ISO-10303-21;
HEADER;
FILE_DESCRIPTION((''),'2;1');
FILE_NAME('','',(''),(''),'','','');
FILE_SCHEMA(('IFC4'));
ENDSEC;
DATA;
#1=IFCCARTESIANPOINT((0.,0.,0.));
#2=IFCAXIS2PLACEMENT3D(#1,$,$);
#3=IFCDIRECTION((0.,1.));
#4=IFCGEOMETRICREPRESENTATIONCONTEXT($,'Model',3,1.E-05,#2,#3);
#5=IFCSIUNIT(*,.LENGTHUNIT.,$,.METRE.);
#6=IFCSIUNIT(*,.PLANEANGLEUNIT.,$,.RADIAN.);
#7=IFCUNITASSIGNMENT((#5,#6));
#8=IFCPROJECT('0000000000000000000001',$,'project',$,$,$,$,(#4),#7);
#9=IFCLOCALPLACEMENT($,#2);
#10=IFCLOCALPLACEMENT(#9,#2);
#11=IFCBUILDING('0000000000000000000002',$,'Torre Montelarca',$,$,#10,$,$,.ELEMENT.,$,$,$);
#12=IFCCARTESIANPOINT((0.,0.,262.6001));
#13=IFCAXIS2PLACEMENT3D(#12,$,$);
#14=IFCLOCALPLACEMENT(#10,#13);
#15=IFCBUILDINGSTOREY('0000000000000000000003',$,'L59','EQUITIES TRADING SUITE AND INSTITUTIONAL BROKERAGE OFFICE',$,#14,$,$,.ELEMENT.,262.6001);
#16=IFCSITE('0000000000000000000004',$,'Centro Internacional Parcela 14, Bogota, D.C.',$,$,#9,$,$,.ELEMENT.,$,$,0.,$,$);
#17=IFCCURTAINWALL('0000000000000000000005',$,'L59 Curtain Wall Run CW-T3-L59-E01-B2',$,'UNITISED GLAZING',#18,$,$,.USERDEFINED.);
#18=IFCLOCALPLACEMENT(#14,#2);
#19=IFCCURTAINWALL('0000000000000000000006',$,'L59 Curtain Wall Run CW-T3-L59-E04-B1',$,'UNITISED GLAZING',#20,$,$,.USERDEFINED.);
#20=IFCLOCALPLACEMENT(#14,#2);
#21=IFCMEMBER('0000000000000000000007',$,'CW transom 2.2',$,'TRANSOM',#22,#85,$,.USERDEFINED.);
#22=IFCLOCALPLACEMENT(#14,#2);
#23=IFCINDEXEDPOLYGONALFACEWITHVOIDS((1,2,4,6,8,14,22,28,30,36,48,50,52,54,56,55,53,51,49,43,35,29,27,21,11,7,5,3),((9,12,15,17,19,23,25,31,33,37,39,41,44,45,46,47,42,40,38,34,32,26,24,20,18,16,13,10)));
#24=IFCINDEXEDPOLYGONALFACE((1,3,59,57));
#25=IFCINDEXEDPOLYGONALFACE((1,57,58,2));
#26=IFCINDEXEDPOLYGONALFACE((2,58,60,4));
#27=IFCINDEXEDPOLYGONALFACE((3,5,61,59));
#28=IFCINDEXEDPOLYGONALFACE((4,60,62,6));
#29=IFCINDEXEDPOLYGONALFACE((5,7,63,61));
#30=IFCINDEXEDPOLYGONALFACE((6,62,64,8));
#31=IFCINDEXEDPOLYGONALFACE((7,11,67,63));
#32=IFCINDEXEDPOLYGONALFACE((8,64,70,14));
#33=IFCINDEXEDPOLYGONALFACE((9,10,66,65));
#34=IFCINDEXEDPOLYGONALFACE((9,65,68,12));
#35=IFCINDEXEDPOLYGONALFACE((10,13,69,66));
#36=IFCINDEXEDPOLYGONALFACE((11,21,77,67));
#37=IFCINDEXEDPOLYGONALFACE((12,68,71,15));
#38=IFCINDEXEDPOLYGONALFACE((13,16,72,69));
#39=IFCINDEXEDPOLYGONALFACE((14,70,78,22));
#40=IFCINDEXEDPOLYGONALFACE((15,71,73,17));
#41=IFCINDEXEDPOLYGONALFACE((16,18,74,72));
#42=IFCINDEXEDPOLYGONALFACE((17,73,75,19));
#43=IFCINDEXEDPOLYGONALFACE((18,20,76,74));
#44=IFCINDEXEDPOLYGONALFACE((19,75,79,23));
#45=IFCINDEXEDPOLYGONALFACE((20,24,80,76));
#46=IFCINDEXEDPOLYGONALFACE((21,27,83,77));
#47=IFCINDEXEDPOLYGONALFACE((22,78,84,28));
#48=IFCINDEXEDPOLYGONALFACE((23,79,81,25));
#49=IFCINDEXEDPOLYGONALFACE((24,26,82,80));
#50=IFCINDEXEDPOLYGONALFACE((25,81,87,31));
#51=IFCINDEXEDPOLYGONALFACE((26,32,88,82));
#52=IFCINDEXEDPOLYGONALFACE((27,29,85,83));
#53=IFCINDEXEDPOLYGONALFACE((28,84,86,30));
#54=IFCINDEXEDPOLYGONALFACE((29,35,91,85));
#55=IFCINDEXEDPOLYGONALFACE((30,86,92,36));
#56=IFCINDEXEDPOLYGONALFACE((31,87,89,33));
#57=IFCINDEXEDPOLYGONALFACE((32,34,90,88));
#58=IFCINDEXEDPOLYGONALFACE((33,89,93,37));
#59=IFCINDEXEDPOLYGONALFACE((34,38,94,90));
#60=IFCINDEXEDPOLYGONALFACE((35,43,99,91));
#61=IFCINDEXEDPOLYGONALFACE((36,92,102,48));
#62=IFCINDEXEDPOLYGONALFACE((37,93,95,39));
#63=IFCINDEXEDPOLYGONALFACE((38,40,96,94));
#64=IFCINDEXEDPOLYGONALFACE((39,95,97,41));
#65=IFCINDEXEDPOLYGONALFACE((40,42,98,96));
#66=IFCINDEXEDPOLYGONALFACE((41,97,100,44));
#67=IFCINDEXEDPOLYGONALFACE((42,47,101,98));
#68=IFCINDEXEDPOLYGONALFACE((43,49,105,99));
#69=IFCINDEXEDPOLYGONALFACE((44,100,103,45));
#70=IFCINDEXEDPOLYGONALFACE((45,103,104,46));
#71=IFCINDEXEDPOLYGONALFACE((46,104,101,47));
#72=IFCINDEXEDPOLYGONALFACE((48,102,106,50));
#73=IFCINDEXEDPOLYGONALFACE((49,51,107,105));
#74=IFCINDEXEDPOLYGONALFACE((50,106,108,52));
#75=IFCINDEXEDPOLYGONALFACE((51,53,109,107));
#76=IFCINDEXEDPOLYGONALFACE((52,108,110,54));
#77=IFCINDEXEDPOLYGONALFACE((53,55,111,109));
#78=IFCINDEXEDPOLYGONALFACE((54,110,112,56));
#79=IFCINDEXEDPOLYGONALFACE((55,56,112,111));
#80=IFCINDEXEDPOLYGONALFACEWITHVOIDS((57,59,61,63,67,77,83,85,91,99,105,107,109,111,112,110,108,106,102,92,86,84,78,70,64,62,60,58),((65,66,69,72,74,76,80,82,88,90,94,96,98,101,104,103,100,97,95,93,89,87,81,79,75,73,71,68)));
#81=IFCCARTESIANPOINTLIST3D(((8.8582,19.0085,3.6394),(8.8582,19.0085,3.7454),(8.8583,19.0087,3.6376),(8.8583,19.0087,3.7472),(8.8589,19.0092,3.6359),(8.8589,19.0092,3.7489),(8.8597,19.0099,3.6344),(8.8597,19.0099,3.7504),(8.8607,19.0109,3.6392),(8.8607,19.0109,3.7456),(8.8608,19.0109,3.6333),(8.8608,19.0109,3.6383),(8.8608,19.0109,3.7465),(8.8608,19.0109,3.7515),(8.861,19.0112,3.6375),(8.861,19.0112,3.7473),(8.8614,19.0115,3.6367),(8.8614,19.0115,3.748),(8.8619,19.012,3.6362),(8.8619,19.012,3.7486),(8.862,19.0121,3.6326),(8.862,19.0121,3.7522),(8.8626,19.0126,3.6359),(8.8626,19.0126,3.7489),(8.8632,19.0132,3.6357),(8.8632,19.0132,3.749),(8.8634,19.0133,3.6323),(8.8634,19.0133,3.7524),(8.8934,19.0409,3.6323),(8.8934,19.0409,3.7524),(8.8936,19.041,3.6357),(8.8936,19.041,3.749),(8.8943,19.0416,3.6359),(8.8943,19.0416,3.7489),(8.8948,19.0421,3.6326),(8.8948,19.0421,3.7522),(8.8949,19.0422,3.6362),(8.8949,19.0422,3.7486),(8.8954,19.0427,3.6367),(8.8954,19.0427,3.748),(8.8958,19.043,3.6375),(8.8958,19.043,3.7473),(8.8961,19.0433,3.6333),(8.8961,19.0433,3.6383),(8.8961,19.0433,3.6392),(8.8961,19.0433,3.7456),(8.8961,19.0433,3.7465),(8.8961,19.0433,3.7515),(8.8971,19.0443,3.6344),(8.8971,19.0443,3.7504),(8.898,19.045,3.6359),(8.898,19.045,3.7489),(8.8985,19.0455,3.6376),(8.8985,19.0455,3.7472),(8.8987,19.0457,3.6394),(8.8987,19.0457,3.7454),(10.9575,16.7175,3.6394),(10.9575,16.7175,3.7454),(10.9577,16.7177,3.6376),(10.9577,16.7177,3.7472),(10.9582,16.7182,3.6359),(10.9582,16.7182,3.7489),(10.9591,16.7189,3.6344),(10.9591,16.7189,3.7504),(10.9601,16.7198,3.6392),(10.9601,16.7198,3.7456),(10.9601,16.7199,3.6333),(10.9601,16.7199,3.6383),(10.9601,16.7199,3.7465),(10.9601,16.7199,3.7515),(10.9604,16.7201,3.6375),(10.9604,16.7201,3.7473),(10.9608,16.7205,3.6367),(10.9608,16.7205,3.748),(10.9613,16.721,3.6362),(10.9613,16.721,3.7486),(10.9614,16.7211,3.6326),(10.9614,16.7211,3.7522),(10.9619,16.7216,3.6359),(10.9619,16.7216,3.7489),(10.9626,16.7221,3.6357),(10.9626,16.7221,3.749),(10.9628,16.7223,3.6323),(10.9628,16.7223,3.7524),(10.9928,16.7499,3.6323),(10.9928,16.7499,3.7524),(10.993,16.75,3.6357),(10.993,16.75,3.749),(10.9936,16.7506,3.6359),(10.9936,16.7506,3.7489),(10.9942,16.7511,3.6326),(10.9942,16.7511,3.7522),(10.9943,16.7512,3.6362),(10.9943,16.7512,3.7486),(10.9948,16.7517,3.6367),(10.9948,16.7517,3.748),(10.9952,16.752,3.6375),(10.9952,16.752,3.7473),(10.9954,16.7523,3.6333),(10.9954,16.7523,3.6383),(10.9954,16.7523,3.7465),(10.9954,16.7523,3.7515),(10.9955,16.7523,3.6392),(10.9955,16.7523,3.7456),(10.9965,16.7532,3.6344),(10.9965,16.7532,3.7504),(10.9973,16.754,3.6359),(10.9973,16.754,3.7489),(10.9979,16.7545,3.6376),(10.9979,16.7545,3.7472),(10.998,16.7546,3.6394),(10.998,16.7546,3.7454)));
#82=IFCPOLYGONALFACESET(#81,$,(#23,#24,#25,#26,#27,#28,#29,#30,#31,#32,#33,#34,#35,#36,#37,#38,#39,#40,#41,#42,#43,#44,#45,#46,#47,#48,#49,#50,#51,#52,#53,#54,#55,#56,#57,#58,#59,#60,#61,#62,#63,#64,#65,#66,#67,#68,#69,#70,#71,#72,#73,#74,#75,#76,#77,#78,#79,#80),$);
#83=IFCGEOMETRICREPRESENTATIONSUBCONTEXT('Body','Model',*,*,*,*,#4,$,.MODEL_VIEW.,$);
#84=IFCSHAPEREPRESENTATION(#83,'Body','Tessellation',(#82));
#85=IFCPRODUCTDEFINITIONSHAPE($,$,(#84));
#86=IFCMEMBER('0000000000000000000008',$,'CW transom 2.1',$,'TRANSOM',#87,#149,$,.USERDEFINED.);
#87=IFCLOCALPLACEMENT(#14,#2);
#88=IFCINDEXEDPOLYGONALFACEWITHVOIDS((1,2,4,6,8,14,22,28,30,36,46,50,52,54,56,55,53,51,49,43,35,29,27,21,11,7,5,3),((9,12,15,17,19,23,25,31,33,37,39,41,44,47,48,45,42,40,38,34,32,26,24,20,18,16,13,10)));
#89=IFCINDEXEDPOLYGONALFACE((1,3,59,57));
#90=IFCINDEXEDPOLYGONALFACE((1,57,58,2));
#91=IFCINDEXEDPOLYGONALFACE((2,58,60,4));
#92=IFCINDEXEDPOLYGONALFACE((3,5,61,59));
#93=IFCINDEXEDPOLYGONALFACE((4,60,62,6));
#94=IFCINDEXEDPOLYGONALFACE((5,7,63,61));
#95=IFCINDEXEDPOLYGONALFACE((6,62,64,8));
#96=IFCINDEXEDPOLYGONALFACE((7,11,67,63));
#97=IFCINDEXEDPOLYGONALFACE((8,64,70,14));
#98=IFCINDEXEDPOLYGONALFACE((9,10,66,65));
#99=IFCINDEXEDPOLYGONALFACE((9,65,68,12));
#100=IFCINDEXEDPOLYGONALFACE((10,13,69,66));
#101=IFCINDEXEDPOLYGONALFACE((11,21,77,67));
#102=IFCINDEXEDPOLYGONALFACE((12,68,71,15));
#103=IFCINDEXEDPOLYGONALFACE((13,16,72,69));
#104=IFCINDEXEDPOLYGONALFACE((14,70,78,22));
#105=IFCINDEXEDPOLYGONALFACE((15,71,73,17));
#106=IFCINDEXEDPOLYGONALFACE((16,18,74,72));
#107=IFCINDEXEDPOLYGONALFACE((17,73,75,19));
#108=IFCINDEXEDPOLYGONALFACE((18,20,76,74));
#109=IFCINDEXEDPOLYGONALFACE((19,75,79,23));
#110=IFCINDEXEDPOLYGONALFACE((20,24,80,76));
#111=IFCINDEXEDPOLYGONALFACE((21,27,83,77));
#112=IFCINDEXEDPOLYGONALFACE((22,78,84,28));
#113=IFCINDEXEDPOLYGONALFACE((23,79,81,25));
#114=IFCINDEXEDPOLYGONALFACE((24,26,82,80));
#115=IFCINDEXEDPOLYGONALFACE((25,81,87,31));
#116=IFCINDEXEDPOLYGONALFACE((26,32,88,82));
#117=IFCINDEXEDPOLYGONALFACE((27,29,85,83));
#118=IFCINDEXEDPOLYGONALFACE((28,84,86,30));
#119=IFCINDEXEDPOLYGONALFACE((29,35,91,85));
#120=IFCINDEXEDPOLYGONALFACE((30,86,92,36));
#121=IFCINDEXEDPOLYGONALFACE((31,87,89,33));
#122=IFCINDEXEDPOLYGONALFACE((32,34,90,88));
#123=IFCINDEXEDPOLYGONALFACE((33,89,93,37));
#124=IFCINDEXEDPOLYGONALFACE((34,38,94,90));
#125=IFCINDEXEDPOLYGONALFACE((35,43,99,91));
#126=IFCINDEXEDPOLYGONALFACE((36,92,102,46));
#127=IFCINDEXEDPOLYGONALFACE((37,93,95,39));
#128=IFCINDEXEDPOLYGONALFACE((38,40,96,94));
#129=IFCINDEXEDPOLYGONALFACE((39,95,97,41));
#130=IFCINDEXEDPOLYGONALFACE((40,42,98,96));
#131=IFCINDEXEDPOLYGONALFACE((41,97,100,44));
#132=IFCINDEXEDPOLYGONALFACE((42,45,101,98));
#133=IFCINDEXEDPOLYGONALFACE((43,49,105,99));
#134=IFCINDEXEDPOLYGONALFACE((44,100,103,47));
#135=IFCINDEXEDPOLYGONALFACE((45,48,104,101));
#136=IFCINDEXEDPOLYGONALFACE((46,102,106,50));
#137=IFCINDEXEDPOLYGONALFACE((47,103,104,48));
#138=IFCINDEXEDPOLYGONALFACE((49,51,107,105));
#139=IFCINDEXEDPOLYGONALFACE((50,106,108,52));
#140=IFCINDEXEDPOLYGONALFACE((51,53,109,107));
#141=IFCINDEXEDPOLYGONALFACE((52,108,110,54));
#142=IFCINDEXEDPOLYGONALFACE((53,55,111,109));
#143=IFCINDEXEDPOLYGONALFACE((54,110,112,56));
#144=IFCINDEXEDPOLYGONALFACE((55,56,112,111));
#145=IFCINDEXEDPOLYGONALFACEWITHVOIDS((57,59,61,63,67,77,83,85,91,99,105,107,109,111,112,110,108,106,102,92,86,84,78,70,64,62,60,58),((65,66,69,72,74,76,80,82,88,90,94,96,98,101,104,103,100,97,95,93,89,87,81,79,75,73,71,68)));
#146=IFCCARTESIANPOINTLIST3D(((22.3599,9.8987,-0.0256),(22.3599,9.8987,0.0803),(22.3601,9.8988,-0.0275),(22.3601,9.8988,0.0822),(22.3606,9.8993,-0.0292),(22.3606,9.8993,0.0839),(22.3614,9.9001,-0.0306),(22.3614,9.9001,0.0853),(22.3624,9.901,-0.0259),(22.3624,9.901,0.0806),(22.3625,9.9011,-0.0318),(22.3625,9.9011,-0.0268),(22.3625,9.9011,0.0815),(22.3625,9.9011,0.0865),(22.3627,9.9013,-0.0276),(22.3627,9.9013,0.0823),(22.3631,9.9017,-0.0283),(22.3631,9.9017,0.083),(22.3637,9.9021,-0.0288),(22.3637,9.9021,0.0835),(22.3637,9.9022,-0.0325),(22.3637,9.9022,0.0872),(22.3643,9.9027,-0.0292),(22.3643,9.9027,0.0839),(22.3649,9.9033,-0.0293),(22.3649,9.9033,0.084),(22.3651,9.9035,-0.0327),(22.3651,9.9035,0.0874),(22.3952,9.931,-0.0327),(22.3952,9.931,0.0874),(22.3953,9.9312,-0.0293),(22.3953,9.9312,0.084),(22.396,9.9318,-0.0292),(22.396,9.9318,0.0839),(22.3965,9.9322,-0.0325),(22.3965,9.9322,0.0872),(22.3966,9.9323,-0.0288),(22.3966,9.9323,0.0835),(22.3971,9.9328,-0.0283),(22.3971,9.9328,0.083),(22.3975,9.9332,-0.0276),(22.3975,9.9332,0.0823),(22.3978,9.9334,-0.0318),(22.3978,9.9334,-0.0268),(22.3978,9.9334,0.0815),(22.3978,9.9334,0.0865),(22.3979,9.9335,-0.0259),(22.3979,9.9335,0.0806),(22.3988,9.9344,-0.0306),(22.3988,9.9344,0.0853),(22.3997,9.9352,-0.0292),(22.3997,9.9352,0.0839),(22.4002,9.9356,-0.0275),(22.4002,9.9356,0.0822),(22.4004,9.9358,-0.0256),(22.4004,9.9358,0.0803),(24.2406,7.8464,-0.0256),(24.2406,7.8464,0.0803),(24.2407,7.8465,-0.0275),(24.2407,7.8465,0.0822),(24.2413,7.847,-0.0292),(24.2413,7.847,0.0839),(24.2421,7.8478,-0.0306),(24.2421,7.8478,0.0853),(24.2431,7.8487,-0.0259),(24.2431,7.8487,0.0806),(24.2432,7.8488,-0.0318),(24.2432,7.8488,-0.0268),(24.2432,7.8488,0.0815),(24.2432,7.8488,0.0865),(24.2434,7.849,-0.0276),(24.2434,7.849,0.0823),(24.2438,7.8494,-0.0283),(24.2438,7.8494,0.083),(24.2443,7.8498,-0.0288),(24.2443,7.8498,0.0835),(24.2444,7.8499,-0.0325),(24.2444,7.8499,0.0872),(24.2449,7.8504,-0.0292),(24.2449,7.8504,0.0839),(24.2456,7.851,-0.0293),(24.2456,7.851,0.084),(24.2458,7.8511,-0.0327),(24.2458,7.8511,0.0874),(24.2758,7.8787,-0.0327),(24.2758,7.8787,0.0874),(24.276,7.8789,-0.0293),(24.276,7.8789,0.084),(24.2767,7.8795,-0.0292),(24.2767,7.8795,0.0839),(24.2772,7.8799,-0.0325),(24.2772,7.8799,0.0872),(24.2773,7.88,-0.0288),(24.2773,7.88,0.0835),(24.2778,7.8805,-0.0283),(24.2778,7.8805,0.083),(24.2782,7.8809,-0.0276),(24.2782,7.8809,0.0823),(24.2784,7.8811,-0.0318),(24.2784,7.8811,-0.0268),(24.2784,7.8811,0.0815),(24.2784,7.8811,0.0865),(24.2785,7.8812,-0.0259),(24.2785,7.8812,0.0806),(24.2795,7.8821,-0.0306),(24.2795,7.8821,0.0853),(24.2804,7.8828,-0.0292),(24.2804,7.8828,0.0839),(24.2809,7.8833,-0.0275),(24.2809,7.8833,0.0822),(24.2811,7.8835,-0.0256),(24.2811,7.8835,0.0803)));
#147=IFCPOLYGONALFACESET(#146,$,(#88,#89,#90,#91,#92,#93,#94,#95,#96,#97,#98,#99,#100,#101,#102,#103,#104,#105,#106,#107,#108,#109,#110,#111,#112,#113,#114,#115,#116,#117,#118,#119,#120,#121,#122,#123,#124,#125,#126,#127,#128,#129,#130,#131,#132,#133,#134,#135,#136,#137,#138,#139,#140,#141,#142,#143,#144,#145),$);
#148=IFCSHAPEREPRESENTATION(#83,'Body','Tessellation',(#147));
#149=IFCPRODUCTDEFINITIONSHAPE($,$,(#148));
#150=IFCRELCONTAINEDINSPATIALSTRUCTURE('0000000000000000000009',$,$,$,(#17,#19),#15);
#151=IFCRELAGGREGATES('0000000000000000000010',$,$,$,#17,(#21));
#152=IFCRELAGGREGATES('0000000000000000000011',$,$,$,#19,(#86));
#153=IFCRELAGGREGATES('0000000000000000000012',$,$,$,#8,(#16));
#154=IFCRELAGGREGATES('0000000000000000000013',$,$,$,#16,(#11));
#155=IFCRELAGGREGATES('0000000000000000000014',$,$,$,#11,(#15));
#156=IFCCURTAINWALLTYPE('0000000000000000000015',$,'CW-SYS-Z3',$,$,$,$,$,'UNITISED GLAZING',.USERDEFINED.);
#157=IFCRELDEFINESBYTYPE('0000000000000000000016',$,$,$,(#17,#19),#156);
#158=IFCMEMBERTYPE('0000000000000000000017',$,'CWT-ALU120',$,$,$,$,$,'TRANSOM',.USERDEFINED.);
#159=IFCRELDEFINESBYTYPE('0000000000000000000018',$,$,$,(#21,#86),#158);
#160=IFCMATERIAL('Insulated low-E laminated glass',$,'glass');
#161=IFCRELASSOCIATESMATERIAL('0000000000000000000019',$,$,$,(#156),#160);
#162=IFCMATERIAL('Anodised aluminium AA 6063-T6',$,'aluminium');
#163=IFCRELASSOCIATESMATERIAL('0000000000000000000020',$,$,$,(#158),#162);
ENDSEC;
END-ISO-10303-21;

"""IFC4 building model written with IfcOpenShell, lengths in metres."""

from ifc_helpers import new_model, si_unit, direction, frame, origin, origin_2d, place, context, subcontext, project, spatial, hollow_rectangle, extrude, source, transform, mapped, material, material_profile, profile_set, type_object, element, aggregate, save


model = new_model("IFC4")

# Units and contexts
model_context = context("Model", 3, precision=1e-05, world=origin(), true_north=direction((0.0, 1.0)))
body_context = subcontext(model_context, "Body", "Model", "MODEL_VIEW")
ifc_project = project(units=[si_unit("LENGTHUNIT", "METRE"), si_unit("PLANEANGLEUNIT", "RADIAN")], contexts=[model_context])

# Site, building, storey
site_placement = place(None, origin())
site = spatial("IfcSite", under=ifc_project, at=site_placement, Name="Centro Internacional Parcela 14, Bogota, D.C.", CompositionType="ELEMENT", RefElevation=0.0)
building_placement = place(site_placement, origin())
building = spatial("IfcBuilding", under=site, at=building_placement, Name="Torre Montelarca", CompositionType="ELEMENT")
storey_placement = place(building_placement, frame((0.0, 0.0, 262.6001)))
storey = spatial("IfcBuildingStorey", under=building, at=storey_placement, Name="L59", Description="EQUITIES TRADING SUITE AND INSTITUTIONAL BROKERAGE OFFICE", CompositionType="ELEMENT", Elevation=262.6001)

# Curtain wall
ifc_material_1 = material(Name="Insulated low-E laminated glass", Category="glass")
curtain_wall_type = type_object("IfcCurtainWallType", Name="CW-SYS-Z3", ElementType="UNITISED GLAZING", PredefinedType="USERDEFINED", material=ifc_material_1)
ifc_material_2 = material(Name="Anodised aluminium AA 6063-T6", Category="aluminium")
ifc_material_profile_1 = material_profile(ifc_material_2, hollow_rectangle(XDim=0.0549, YDim=0.1201, WallThickness=0.0034, InnerFilletRadius=0.0034, OuterFilletRadius=0.0071, at=origin_2d()), Name="ALU55X120X3.5", Category="aluminium")
ifc_profile_set_1 = profile_set([ifc_material_profile_1], Name="Anodised aluminium AA 6063-T6")
member_type_1 = type_object("IfcMemberType", Name="CWT-ALU120", ElementType="TRANSOM", PredefinedType="USERDEFINED", material=ifc_profile_set_1)
curtain_wall_1_placement = place(storey_placement, origin())
curtain_wall_1 = element("IfcCurtainWall", 1, at=curtain_wall_1_placement, inside=storey, type_object=curtain_wall_type, Name="L59 Curtain Wall Run CW-T3-L59-E01-B2", ObjectType="UNITISED GLAZING", PredefinedType="USERDEFINED")

# Curtain wall
curtain_wall_2_placement = place(storey_placement, origin())
curtain_wall_2 = element("IfcCurtainWall", 2, at=curtain_wall_2_placement, inside=storey, type_object=curtain_wall_type, Name="L59 Curtain Wall Run CW-T3-L59-E04-B1", ObjectType="UNITISED GLAZING", PredefinedType="USERDEFINED")

# Members
shared_shape_1 = source(origin(), body_context, "Body", "SweptSolid", [
    extrude(hollow_rectangle(XDim=0.0549, YDim=0.1201, WallThickness=0.0034, InnerFilletRadius=0.0034, OuterFilletRadius=0.0071, at=origin_2d()), origin(), (0.0, 0.0, 1.0), 3.1074),
])
member_1_placement = place(storey_placement, frame((8.8784, 19.0271, 3.6924), z_axis=(0.675597, -0.737272, 0.0), x_axis=(0.737272, 0.675597, 0.0)))
member_1 = element("IfcMember", 3, at=member_1_placement, type_object=member_type_1, Name="CW transom 2.2", ObjectType="TRANSOM", PredefinedType="USERDEFINED", context=body_context, shape_type="MappedRepresentation", body=[
    mapped(shared_shape_1, transform((0.0, 0.0, 0.0), scale=1.0)),
])
shared_shape_2 = source(origin(), body_context, "Body", "SweptSolid", [
    extrude(hollow_rectangle(XDim=0.0549, YDim=0.1201, WallThickness=0.0034, InnerFilletRadius=0.0034, OuterFilletRadius=0.0071, at=origin_2d()), origin(), (0.0, 0.0, 1.0), 2.7837),
])
member_2_placement = place(storey_placement, frame((22.3801, 9.9172, 0.0273), z_axis=(0.675605, -0.737263, 0.0), x_axis=(0.737263, 0.675605, 0.0)))
member_2 = element("IfcMember", 4, at=member_2_placement, type_object=member_type_1, Name="CW transom 2.1", ObjectType="TRANSOM", PredefinedType="USERDEFINED", context=body_context, shape_type="MappedRepresentation", body=[
    mapped(shared_shape_2, transform((0.0, 0.0, 0.0), scale=1.0)),
])

aggregate(curtain_wall_1, [member_1])
aggregate(curtain_wall_2, [member_2])

save(model, "model.ifc")
